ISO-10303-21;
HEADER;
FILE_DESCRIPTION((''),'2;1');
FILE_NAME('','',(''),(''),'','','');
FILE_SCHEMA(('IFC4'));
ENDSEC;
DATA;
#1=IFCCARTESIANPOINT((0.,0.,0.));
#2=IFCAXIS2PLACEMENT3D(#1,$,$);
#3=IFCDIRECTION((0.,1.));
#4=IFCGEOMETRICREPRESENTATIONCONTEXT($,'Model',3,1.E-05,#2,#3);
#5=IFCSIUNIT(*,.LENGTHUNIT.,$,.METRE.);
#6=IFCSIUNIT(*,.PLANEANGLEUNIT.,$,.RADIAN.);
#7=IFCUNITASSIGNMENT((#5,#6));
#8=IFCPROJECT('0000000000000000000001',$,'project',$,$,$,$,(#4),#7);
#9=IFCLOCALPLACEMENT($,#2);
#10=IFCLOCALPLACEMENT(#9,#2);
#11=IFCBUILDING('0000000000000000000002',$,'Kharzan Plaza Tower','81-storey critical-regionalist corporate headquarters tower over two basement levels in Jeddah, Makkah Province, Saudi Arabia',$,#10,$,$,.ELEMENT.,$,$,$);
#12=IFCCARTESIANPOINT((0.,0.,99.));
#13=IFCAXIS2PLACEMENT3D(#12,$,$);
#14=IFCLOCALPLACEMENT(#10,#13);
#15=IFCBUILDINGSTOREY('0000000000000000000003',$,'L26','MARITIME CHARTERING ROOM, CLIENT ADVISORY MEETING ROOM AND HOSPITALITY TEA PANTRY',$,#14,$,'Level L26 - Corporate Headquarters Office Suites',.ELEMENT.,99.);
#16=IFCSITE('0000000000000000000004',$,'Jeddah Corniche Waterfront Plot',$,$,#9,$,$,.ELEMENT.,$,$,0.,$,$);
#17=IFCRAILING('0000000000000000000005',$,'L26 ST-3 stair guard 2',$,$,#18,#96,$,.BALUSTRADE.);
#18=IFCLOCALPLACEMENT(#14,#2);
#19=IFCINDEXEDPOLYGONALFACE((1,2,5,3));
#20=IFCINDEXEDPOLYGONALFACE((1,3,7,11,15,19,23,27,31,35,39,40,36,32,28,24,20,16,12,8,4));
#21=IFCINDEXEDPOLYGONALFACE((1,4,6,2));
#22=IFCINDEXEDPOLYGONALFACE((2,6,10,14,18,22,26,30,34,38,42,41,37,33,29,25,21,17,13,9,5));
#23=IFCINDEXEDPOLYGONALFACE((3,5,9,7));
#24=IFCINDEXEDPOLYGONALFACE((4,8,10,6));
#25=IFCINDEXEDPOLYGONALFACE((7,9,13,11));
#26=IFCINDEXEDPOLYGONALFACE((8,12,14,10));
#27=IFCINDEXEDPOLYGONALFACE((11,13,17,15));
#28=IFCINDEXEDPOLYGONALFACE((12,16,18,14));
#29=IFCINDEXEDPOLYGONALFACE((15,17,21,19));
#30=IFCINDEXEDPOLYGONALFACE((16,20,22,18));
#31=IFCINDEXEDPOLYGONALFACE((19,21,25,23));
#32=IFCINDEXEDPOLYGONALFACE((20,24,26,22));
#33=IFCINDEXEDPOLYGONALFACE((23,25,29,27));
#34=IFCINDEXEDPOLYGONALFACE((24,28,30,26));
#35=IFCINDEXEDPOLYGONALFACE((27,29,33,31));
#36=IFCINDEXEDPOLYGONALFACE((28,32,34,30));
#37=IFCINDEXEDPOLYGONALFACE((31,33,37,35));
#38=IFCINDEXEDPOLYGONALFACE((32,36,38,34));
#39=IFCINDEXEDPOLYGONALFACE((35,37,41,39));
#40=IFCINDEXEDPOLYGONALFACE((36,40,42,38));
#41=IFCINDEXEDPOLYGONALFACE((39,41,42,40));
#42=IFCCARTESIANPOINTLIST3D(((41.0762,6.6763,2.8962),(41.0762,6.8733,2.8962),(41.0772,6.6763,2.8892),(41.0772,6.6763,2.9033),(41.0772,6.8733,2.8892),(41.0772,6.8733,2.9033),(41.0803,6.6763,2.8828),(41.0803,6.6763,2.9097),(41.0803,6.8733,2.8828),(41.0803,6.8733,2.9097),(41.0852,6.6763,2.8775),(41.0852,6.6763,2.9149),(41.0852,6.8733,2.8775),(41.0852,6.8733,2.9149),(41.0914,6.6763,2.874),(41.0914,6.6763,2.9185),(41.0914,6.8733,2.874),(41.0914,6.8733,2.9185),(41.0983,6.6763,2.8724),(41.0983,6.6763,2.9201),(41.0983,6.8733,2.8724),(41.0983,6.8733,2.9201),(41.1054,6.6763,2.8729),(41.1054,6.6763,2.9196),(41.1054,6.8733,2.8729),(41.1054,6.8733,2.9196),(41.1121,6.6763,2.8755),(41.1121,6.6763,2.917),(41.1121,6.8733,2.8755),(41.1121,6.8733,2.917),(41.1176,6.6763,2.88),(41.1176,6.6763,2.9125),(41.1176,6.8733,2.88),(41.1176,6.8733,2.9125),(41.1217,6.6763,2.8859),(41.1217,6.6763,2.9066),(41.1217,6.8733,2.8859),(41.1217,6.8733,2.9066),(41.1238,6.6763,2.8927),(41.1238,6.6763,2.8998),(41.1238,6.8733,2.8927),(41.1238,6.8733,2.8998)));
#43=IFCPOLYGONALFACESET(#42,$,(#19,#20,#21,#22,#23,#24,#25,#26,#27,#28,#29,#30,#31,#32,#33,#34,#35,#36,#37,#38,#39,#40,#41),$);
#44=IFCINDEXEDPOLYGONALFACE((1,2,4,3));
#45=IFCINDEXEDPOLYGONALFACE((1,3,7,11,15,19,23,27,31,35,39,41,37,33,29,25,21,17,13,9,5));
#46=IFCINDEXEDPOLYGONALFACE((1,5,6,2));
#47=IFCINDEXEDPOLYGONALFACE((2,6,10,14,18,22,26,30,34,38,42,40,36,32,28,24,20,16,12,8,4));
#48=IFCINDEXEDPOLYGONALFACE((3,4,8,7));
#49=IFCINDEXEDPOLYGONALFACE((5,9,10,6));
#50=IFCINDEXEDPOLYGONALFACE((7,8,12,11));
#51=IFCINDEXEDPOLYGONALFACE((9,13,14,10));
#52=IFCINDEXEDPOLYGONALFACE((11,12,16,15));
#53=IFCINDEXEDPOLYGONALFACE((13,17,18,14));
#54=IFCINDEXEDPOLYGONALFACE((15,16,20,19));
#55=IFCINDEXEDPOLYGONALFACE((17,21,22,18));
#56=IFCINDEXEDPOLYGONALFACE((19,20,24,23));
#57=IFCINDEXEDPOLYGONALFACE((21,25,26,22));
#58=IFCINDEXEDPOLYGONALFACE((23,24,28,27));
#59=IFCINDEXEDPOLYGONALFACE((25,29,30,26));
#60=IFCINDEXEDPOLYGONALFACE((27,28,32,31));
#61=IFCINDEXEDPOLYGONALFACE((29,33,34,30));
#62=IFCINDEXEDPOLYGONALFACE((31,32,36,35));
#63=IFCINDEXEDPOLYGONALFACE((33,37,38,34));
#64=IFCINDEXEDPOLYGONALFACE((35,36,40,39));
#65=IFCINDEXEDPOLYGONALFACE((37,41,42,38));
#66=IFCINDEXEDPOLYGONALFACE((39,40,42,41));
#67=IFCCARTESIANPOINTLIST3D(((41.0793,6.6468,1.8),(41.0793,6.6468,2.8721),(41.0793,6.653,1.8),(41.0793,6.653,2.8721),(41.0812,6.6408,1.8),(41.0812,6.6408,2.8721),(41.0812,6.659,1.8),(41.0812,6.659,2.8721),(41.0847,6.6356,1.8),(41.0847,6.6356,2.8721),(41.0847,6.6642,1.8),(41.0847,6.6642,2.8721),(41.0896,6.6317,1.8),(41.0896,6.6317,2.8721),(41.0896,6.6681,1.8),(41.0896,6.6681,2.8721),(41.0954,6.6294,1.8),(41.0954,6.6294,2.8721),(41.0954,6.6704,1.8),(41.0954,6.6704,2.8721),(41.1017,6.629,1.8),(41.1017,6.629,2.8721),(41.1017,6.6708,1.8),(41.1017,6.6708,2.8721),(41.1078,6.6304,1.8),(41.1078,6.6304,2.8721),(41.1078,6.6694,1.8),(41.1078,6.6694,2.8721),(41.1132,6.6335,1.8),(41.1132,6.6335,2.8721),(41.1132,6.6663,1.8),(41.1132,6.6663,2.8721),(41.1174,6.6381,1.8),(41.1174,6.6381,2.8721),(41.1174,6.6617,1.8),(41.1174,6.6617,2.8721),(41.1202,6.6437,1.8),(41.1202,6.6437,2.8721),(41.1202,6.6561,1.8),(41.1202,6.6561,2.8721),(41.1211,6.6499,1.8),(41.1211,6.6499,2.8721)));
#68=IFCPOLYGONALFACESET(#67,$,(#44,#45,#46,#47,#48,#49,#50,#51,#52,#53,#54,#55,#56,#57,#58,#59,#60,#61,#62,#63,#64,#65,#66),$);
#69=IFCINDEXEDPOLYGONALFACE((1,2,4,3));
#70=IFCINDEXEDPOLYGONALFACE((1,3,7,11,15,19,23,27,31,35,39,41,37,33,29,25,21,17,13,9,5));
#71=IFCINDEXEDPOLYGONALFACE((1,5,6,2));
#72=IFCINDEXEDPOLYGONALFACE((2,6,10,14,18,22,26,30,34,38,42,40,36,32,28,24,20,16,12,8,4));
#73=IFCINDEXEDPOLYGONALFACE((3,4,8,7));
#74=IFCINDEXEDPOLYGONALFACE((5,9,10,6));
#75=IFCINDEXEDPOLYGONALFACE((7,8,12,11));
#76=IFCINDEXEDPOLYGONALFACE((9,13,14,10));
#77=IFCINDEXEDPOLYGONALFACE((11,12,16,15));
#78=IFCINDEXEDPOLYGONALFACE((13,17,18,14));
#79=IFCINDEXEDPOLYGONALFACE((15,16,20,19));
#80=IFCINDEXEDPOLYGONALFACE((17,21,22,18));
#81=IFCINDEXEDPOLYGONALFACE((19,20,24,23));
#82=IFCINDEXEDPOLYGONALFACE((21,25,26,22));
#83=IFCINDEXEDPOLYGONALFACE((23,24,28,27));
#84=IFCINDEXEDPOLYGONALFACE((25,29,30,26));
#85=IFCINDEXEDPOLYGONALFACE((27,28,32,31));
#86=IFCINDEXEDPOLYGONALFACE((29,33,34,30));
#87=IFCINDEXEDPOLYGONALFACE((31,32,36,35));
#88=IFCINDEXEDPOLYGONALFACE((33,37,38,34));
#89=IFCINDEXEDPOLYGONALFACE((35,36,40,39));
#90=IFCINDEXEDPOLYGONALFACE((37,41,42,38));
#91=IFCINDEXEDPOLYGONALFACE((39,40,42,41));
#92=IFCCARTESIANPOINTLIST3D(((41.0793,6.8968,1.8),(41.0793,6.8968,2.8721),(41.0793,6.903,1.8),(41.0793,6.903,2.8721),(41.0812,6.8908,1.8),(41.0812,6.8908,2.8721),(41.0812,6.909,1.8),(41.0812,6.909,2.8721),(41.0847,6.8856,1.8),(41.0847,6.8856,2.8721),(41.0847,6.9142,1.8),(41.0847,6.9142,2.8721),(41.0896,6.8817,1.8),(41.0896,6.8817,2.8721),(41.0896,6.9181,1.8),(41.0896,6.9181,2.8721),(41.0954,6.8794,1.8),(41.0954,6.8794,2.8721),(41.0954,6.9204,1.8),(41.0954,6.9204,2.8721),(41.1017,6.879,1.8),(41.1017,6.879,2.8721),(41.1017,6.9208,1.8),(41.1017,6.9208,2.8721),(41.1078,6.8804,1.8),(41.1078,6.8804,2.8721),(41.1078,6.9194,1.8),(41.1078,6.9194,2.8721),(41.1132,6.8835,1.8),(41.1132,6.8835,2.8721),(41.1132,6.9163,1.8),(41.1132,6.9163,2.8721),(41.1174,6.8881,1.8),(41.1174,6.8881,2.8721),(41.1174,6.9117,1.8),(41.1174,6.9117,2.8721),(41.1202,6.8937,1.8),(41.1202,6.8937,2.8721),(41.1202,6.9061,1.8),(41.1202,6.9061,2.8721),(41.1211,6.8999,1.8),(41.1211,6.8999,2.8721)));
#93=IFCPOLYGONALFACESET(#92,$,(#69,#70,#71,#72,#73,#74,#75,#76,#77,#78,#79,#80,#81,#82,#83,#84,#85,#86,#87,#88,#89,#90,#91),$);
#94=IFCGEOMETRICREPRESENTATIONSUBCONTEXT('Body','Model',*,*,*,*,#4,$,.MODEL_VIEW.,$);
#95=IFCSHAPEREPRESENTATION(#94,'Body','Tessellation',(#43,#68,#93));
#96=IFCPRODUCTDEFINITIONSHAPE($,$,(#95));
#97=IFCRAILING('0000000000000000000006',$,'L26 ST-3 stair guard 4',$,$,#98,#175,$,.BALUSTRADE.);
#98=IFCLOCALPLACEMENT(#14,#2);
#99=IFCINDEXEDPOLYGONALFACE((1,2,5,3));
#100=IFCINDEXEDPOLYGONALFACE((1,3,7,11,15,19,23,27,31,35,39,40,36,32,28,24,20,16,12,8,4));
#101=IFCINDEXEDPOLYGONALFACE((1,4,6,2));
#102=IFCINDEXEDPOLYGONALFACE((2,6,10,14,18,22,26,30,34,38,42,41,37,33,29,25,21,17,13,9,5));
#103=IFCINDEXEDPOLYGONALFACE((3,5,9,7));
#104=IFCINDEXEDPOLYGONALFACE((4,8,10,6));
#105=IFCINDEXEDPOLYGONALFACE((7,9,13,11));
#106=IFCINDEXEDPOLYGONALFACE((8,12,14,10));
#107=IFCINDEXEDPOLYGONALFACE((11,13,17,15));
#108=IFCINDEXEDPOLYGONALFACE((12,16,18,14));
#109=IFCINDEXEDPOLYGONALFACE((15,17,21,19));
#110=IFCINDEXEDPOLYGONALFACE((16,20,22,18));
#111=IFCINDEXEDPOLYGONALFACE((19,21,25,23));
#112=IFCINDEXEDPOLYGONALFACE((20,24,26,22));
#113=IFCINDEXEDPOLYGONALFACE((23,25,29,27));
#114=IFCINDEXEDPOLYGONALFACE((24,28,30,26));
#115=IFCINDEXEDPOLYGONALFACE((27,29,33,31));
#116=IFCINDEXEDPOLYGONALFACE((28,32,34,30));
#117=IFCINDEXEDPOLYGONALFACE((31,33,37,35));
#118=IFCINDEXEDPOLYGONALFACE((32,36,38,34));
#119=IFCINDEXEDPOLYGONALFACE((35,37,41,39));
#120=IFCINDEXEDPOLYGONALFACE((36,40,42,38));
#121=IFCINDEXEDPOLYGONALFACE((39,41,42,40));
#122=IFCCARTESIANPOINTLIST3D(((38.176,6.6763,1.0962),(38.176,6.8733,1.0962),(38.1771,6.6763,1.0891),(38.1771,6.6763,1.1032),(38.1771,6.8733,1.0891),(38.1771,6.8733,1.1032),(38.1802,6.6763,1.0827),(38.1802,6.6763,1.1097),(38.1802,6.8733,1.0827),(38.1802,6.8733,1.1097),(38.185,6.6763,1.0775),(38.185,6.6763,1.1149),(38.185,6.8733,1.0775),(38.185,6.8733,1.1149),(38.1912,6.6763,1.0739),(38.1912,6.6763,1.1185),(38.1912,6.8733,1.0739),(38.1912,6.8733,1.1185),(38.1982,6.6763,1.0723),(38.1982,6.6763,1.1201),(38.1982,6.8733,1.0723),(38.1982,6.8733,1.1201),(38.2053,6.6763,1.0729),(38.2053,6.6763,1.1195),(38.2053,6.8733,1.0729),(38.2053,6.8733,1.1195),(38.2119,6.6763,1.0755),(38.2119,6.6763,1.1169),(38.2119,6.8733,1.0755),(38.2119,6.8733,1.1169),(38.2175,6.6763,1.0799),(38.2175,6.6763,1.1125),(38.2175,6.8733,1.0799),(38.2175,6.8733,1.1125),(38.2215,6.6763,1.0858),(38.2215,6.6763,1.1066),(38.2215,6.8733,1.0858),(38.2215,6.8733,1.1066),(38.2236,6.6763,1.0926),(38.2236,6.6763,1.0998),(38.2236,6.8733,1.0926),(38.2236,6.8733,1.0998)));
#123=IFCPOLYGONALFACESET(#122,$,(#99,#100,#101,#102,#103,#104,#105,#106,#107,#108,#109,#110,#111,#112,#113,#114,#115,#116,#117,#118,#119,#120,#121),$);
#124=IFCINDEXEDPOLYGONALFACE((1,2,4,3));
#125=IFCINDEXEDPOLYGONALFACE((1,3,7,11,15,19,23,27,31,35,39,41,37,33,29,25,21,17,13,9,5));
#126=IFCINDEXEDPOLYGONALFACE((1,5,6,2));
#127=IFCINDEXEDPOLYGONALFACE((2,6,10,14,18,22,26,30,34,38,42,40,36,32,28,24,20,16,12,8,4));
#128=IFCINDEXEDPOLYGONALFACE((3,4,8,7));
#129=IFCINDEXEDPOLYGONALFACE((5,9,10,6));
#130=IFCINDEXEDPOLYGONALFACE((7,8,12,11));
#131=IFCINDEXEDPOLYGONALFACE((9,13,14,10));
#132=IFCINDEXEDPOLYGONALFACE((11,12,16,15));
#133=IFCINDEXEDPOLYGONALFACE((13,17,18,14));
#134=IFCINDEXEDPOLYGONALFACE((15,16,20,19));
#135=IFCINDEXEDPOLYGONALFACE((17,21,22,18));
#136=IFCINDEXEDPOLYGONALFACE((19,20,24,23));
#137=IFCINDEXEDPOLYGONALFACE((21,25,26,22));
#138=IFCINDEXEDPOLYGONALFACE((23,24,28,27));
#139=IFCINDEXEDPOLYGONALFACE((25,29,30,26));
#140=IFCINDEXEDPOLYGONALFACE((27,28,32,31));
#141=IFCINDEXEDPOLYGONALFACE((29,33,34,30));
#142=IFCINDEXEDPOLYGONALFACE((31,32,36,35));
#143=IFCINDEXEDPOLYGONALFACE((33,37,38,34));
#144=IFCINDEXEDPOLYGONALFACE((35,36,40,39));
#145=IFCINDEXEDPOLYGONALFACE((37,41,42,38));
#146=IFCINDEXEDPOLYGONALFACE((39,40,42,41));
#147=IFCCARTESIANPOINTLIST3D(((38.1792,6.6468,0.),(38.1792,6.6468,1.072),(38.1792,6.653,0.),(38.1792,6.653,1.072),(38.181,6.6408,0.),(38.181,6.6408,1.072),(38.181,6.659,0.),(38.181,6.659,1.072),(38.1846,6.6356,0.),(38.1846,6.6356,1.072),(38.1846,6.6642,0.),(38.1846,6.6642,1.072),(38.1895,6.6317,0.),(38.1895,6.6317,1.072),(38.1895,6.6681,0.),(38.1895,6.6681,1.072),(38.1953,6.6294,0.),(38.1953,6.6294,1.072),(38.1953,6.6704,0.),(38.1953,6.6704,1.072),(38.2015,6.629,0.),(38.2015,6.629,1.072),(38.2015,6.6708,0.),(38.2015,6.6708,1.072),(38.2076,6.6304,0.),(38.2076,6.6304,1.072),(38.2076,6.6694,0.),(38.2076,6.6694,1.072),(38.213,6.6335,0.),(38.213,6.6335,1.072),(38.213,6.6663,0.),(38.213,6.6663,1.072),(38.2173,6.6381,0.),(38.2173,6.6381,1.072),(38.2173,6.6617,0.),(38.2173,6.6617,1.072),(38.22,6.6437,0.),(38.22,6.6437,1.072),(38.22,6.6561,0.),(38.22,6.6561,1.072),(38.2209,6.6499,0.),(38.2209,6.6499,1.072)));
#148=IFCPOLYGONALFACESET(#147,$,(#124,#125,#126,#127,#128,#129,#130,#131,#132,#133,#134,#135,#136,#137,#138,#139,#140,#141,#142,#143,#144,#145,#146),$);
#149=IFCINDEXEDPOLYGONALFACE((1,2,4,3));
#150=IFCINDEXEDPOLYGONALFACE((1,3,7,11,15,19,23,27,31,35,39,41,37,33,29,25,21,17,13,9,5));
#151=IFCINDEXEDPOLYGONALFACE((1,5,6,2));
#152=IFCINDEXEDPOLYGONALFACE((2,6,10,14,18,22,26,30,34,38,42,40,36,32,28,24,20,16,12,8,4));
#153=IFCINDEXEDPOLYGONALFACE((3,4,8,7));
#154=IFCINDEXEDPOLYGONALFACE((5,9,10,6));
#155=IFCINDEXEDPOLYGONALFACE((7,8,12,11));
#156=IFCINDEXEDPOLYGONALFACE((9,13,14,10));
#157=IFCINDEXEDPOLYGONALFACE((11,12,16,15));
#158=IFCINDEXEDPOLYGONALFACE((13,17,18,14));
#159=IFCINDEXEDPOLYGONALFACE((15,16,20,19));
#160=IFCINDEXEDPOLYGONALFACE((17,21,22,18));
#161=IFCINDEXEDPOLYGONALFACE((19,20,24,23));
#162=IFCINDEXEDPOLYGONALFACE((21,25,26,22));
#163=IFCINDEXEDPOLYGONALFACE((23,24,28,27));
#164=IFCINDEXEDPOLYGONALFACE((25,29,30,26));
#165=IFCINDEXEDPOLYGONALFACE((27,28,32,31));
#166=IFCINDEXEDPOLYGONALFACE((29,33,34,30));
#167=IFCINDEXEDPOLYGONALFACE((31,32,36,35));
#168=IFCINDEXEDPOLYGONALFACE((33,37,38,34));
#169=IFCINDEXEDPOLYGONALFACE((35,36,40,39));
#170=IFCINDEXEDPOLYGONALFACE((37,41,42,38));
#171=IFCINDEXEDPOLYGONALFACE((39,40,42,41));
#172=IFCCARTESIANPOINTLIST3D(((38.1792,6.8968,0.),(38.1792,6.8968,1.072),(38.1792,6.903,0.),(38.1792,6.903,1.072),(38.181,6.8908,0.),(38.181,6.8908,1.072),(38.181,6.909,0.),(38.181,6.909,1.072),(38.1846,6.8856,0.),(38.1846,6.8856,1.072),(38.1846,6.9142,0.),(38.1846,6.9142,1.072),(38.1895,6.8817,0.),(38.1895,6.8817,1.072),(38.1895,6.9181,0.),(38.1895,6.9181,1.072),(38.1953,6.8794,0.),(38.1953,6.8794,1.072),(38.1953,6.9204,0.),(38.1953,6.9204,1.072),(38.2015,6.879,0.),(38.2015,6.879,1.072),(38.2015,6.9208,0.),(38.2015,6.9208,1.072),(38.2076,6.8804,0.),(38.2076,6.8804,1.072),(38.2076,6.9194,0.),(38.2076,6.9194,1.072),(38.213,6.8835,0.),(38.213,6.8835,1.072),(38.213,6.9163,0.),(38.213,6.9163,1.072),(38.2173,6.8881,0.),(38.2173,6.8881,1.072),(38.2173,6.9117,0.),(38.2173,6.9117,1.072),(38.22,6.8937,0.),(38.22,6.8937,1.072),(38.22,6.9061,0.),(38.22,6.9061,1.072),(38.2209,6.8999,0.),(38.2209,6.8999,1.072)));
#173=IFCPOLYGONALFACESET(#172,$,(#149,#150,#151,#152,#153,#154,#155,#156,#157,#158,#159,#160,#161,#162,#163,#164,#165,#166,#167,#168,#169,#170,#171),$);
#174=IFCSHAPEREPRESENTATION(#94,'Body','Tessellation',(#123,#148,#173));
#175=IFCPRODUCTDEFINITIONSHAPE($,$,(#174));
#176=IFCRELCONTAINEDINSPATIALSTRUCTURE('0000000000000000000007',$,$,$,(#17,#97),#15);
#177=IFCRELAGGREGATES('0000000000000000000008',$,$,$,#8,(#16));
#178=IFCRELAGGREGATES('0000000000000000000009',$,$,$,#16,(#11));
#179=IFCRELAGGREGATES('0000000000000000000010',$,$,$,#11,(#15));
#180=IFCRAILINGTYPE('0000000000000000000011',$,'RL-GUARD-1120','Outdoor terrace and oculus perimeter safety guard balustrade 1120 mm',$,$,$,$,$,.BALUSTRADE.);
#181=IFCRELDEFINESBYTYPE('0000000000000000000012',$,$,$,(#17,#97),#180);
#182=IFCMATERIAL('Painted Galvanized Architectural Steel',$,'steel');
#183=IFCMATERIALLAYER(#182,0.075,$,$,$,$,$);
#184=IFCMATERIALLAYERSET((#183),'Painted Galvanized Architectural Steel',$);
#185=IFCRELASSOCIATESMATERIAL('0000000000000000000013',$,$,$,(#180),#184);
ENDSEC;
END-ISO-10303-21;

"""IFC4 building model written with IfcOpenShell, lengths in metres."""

from ifc_helpers import new_model, si_unit, direction, frame, origin, origin_2d, place, context, subcontext, project, spatial, circle, extrude, source, transform, mapped, material, layer, layer_set, type_object, element, save


model = new_model("IFC4")

# Units and contexts
model_context = context("Model", 3, precision=1e-05, world=origin(), true_north=direction((0.0, 1.0)))
body_context = subcontext(model_context, "Body", "Model", "MODEL_VIEW")
ifc_project = project(units=[si_unit("LENGTHUNIT", "METRE"), si_unit("PLANEANGLEUNIT", "RADIAN")], contexts=[model_context])

# Site, building, storey
site_placement = place(None, origin())
site = spatial("IfcSite", under=ifc_project, at=site_placement, Name="Jeddah Corniche Waterfront Plot", CompositionType="ELEMENT", RefElevation=0.0)
building_placement = place(site_placement, origin())
building = spatial("IfcBuilding", under=site, at=building_placement, Name="Kharzan Plaza Tower", Description="81-storey critical-regionalist corporate headquarters tower over two basement levels in Jeddah, Makkah Province, Saudi Arabia", CompositionType="ELEMENT")
storey_placement = place(building_placement, frame((0.0, 0.0, 99.0)))
storey = spatial("IfcBuildingStorey", under=building, at=storey_placement, Name="L26", Description="MARITIME CHARTERING ROOM, CLIENT ADVISORY MEETING ROOM AND HOSPITALITY TEA PANTRY", LongName="Level L26 - Corporate Headquarters Office Suites", CompositionType="ELEMENT", Elevation=99.0)

# Railings
ifc_material_1 = material(Name="Painted Galvanized Architectural Steel", Category="steel")
ifc_layer_1 = layer(ifc_material_1, 0.075)
ifc_layer_set_1 = layer_set([ifc_layer_1], Name="Painted Galvanized Architectural Steel")
railing_type_1 = type_object("IfcRailingType", Name="RL-GUARD-1120", Description="Outdoor terrace and oculus perimeter safety guard balustrade 1120 mm", PredefinedType="BALUSTRADE", material=ifc_layer_set_1)
shared_shape_1 = source(origin(), body_context, "Body", "SweptSolid", [
    extrude(circle(Radius=0.0239, at=origin_2d()), frame((0.0, 0.0264, 1.0962), z_axis=(0.0, 1.0, 0.0), x_axis=(-1.0, 0.0, 0.0)), (0.0, 0.0, 1.0), 0.197),
    extrude(circle(Radius=0.021, at=origin_2d()), origin(), (0.0, 0.0, 1.0), 1.072),
    extrude(circle(Radius=0.021, at=origin_2d()), frame((0.0, 0.25, 0.0)), (0.0, 0.0, 1.0), 1.072),
])
for number, where, name in (
    (1, (41.1001, 6.6499, 1.8), "L26 ST-3 stair guard 2"),
    (2, (38.2, 6.6499, 0.0), "L26 ST-3 stair guard 4"),
):
    element("IfcRailing", number, at=place(storey_placement, frame(where)), inside=storey, type_object=railing_type_1, Name=name, PredefinedType="BALUSTRADE", context=body_context, shape_type="MappedRepresentation", body=[
        mapped(shared_shape_1, transform((0.0, 0.0, 0.0), x_axis=(1.0, 0.0, 0.0), y_axis=(0.0, 1.0, 0.0), z_axis=(0.0, 0.0, 1.0))),
    ])

save(model, "model.ifc")
